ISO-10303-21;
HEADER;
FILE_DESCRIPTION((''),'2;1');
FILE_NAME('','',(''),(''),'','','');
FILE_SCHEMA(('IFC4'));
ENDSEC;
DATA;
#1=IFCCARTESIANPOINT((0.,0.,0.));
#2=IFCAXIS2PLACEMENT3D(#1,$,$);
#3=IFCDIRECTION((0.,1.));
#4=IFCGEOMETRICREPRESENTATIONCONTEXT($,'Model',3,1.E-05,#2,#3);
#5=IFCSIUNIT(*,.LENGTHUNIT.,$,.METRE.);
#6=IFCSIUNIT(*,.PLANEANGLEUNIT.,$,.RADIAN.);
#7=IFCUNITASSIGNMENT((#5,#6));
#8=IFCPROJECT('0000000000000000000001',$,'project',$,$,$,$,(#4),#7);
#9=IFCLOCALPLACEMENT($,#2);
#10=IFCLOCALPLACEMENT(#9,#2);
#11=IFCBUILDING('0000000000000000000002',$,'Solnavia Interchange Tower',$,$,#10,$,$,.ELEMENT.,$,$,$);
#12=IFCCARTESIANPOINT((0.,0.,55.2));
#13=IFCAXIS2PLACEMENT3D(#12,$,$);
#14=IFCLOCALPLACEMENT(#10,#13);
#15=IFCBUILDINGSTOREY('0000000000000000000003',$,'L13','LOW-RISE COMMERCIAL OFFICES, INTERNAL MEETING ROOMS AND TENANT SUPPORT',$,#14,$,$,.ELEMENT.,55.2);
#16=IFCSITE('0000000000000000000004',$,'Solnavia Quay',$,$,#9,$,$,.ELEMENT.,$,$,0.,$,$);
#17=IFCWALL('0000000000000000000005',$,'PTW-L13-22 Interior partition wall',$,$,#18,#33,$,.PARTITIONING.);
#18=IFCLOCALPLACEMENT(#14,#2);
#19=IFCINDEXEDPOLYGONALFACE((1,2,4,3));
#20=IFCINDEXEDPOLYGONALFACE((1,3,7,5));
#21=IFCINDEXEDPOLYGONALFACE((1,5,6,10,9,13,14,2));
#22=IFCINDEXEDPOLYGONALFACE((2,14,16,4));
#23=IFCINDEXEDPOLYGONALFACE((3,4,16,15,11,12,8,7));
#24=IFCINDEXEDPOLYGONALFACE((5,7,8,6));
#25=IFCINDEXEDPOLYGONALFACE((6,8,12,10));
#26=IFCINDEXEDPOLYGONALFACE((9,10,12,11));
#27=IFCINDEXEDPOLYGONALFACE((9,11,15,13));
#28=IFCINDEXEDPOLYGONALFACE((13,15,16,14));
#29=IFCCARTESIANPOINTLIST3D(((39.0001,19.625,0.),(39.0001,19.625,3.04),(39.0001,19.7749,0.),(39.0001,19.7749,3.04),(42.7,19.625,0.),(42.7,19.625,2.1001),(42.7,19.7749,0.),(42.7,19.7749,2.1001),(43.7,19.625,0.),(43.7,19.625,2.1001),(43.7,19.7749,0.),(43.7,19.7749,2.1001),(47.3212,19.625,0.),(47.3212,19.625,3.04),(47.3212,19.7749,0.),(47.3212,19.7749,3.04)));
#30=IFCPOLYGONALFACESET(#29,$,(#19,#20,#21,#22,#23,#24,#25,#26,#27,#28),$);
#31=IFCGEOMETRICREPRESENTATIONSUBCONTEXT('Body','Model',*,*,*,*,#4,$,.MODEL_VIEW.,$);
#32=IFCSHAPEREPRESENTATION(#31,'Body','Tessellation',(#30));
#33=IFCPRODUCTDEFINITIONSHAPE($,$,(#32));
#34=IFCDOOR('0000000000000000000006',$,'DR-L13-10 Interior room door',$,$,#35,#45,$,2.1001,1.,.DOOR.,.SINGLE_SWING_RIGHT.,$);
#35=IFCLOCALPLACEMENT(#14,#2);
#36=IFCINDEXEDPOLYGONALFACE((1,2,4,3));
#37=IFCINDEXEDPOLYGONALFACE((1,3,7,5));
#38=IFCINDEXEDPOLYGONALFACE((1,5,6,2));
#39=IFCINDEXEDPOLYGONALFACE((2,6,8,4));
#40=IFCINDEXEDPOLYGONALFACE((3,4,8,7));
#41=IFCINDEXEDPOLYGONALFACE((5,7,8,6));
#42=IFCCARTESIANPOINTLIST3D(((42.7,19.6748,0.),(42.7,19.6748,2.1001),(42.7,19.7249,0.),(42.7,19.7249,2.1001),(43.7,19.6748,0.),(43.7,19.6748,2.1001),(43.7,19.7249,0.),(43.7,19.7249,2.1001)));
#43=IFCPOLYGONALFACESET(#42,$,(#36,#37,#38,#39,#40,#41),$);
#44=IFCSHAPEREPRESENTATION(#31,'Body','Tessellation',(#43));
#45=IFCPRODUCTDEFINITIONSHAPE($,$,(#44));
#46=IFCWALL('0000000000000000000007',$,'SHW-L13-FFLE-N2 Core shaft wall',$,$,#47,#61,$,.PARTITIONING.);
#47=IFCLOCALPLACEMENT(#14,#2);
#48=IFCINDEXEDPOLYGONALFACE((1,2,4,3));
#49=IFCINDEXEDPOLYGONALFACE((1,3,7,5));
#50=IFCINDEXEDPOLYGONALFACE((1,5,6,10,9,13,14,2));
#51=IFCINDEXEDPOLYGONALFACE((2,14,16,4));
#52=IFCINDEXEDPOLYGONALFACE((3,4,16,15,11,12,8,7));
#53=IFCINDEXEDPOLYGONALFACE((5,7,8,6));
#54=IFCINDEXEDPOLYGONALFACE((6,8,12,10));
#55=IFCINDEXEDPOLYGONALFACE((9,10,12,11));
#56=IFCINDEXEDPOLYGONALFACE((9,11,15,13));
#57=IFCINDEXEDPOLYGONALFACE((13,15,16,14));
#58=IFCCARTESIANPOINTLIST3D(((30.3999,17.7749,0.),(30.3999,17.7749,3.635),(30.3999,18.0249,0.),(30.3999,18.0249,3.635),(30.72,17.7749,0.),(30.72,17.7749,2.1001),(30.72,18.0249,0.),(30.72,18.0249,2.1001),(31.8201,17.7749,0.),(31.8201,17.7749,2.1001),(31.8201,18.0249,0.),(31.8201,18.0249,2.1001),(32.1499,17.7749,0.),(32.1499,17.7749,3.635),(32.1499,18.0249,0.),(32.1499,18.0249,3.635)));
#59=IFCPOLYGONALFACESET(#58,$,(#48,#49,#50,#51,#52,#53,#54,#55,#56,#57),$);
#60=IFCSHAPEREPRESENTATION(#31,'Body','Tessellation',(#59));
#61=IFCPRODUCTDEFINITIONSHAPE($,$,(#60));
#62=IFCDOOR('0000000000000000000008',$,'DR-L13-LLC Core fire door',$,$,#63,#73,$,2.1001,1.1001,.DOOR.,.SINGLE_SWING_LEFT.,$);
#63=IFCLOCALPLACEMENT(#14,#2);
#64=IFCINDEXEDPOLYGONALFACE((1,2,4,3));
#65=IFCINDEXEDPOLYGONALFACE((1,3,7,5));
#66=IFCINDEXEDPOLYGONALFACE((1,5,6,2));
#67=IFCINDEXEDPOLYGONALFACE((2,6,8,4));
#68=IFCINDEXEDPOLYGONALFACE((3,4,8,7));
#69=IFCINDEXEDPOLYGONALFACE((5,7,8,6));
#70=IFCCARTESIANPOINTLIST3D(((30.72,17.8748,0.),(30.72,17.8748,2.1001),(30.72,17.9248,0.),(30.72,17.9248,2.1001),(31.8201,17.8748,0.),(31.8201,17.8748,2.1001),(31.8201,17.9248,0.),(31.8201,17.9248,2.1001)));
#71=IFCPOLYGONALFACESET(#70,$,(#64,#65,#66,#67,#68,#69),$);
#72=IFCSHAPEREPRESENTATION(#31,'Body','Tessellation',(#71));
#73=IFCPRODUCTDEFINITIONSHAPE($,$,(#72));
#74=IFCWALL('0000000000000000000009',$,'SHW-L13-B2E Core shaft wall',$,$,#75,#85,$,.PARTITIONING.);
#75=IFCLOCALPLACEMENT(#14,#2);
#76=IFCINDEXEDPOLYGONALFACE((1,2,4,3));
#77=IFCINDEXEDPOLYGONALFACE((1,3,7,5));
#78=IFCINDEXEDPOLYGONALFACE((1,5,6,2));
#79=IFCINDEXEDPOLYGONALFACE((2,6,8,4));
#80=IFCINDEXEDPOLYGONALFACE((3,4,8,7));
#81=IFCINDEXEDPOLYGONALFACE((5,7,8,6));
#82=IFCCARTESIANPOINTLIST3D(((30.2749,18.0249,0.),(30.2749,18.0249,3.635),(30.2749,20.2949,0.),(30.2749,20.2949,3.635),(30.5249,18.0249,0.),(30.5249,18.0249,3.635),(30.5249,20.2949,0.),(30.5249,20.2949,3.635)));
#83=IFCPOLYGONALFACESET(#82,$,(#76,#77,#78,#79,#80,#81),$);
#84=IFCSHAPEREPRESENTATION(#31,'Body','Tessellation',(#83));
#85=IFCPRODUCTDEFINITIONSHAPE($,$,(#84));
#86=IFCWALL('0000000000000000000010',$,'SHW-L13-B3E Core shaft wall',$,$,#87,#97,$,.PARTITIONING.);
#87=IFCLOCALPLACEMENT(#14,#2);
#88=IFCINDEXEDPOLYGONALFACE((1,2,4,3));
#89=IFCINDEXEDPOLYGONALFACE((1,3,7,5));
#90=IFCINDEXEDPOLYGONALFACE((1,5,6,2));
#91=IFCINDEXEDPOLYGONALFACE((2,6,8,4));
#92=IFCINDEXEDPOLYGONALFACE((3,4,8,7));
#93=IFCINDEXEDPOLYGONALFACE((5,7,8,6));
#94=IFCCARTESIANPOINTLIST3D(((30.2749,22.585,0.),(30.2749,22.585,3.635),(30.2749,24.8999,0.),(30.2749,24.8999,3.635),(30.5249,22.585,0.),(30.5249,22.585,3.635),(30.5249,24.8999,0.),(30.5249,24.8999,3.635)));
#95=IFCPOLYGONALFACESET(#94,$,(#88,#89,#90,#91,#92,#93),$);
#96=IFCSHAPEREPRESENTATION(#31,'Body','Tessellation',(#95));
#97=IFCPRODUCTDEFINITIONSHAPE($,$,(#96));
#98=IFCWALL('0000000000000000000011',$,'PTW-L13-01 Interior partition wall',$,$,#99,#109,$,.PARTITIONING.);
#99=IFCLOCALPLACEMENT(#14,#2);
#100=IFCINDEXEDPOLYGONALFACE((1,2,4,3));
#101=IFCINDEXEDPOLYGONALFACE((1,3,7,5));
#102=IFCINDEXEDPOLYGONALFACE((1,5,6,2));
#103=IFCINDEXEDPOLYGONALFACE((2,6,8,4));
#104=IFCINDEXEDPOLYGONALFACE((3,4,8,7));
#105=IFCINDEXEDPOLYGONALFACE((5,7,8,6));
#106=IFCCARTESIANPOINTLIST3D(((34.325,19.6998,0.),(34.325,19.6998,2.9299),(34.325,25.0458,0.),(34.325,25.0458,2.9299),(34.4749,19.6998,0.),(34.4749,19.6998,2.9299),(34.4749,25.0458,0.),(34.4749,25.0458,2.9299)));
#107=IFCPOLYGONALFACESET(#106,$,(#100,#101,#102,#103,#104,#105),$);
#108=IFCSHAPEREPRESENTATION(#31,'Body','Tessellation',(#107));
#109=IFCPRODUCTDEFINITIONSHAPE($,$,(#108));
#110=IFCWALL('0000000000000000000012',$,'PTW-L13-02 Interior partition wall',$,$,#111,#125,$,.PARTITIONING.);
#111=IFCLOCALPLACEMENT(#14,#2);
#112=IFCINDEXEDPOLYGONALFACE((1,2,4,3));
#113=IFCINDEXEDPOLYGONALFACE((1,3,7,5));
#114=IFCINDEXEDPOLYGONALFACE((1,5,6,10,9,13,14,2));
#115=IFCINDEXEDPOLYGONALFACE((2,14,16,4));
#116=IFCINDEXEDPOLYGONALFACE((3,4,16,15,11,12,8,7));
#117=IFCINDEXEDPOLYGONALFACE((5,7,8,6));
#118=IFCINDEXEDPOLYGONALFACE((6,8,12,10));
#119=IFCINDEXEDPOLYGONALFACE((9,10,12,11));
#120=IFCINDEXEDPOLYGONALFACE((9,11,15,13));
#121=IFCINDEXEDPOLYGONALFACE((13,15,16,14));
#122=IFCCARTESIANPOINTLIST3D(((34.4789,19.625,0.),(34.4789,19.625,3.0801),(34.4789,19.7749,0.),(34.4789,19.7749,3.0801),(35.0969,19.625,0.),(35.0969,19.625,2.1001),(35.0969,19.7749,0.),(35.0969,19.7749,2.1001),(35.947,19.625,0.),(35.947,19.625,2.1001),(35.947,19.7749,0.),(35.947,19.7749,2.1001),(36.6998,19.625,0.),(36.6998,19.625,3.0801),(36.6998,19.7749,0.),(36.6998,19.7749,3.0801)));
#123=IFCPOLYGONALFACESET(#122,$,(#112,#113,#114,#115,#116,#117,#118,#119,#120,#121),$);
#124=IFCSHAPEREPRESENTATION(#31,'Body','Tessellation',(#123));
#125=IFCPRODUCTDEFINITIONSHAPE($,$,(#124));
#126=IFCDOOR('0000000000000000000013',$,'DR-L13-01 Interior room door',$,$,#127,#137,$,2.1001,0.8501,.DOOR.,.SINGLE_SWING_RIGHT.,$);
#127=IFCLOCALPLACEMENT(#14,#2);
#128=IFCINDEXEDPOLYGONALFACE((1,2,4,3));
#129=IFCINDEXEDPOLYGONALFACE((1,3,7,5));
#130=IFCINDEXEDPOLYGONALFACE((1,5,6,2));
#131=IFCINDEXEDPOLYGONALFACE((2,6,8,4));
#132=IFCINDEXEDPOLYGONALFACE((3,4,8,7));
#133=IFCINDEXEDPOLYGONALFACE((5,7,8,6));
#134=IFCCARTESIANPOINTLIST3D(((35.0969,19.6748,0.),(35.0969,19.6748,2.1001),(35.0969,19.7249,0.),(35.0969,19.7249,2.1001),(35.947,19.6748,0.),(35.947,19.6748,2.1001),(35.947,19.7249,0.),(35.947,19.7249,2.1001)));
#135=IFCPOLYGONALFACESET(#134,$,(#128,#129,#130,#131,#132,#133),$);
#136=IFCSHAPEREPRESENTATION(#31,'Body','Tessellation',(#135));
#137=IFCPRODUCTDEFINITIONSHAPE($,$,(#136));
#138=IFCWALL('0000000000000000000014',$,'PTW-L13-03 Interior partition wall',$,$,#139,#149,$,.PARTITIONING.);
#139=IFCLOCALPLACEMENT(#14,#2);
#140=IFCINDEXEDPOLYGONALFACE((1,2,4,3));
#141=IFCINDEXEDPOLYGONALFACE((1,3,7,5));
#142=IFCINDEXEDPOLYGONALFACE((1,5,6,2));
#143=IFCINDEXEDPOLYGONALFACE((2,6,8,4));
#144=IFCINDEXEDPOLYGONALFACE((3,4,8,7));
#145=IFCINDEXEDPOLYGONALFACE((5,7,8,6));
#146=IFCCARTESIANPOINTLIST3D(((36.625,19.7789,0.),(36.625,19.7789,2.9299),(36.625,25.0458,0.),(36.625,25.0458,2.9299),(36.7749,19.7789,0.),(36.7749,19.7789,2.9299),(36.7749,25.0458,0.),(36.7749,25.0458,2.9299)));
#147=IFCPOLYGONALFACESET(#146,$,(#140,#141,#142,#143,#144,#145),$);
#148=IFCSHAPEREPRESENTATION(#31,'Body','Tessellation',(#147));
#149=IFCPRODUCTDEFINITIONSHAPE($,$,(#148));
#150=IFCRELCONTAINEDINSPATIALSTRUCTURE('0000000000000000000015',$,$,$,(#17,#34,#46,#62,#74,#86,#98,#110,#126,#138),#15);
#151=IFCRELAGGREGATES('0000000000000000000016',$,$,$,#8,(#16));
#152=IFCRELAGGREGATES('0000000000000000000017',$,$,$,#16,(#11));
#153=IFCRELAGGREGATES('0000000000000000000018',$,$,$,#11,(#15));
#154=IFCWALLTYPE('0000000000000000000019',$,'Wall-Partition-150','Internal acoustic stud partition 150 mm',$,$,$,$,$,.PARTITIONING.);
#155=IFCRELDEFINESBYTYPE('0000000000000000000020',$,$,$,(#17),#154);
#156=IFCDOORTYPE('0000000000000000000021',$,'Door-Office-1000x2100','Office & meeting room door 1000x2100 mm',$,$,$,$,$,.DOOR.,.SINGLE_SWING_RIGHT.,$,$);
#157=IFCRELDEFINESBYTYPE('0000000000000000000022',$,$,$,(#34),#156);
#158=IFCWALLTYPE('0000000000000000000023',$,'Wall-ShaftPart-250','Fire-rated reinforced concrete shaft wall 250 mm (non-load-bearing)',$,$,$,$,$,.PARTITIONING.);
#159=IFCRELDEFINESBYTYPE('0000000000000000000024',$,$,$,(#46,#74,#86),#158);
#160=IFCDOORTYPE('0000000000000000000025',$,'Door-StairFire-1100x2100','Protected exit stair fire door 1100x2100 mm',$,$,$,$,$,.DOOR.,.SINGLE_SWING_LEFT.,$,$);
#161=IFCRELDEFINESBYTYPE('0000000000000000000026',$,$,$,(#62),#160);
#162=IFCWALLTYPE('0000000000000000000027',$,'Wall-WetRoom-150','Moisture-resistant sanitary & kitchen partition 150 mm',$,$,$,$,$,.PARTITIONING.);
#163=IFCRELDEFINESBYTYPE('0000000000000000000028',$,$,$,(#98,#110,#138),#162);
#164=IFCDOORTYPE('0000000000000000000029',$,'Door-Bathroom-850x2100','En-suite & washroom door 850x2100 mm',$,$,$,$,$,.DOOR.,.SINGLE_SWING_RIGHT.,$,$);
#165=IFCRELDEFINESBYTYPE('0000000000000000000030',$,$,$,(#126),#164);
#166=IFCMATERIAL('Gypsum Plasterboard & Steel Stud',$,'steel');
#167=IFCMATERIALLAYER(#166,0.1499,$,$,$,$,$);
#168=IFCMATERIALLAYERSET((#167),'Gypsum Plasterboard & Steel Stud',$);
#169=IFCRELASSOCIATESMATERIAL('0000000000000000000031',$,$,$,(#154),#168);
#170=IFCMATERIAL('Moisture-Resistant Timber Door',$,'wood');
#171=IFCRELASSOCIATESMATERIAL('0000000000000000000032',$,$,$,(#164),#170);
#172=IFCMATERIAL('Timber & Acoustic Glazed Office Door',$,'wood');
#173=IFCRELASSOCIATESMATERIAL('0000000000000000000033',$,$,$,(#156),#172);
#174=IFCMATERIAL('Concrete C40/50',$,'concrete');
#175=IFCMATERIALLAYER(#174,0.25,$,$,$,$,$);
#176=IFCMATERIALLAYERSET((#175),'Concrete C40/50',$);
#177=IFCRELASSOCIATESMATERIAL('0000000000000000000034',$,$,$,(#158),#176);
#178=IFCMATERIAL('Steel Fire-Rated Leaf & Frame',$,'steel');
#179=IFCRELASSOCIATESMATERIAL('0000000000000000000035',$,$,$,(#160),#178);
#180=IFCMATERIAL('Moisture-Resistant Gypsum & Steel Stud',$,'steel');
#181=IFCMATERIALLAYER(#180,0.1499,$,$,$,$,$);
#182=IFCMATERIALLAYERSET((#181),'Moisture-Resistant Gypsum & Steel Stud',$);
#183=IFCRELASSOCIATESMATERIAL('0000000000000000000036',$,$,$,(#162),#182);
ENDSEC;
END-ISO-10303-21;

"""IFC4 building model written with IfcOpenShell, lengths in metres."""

from ifc_helpers import new_model, si_unit, direction, frame, frame_2d, origin, place, context, subcontext, project, spatial, rectangle, extrude, material, layer, layer_set, type_object, element, fill, save


model = new_model("IFC4")

# Units and contexts
model_context = context("Model", 3, precision=1e-05, world=origin(), true_north=direction((0.0, 1.0)))
body_context = subcontext(model_context, "Body", "Model", "MODEL_VIEW")
ifc_project = project(units=[si_unit("LENGTHUNIT", "METRE"), si_unit("PLANEANGLEUNIT", "RADIAN")], contexts=[model_context])

# Site, building, storey
site_placement = place(None, origin())
site = spatial("IfcSite", under=ifc_project, at=site_placement, Name="Solnavia Quay", CompositionType="ELEMENT", RefElevation=0.0)
building_placement = place(site_placement, origin())
building = spatial("IfcBuilding", under=site, at=building_placement, Name="Solnavia Interchange Tower", CompositionType="ELEMENT")
storey_placement = place(building_placement, frame((0.0, 0.0, 55.2)))
storey = spatial("IfcBuildingStorey", under=building, at=storey_placement, Name="L13", Description="LOW-RISE COMMERCIAL OFFICES, INTERNAL MEETING ROOMS AND TENANT SUPPORT", CompositionType="ELEMENT", Elevation=55.2)

# Shared definitions
ifc_material_1 = material(Name="Concrete C40/50", Category="concrete")

# Walls, openings, doors
ifc_material_2 = material(Name="Gypsum Plasterboard & Steel Stud", Category="steel")
ifc_layer_1 = layer(ifc_material_2, 0.1499)
ifc_layer_set_1 = layer_set([ifc_layer_1], Name="Gypsum Plasterboard & Steel Stud")
wall_type_1 = type_object("IfcWallType", Name="Wall-Partition-150", Description="Internal acoustic stud partition 150 mm", PredefinedType="PARTITIONING", material=ifc_layer_set_1)
ifc_material_3 = material(Name="Moisture-Resistant Timber Door", Category="wood")
door_type_1 = type_object("IfcDoorType", Name="Door-Bathroom-850x2100", Description="En-suite & washroom door 850x2100 mm", OperationType="SINGLE_SWING_RIGHT", PredefinedType="DOOR", material=ifc_material_3)
wall_1_placement = place(storey_placement, frame((39.0, 19.7, 0.0), z_axis=(0.0, 0.0, 1.0), x_axis=(1.0, 0.0, 0.0)))
wall_1 = element("IfcWall", 1, at=wall_1_placement, inside=storey, type_object=wall_type_1, Name="PTW-L13-22 Interior partition wall", PredefinedType="PARTITIONING", context=body_context, shape_type="SweptSolid", body=[
    extrude(rectangle(XDim=8.321, YDim=0.1499, at=frame_2d((4.1606, 0.0))), origin(), (0.0, 0.0, 1.0), 3.04),
])
opening_1_placement = place(wall_1_placement, frame((3.7, 0.0, 0.0)))
opening_1 = element("IfcOpeningElement", 2, at=opening_1_placement, cuts=wall_1, PredefinedType="OPENING", context=body_context, shape_type="SweptSolid", body=[
    extrude(rectangle(XDim=1.0, YDim=2.1001, at=frame_2d((0.5, 1.05))), frame((0.0, 0.085, 0.0), z_axis=(0.0, -1.0, 0.0), x_axis=(1.0, 0.0, 0.0)), (0.0, 0.0, 1.0), 0.1699),
])
ifc_material_4 = material(Name="Timber & Acoustic Glazed Office Door", Category="wood")
door_type_2 = type_object("IfcDoorType", Name="Door-Office-1000x2100", Description="Office & meeting room door 1000x2100 mm", OperationType="SINGLE_SWING_RIGHT", PredefinedType="DOOR", material=ifc_material_4)
door_1_placement = place(opening_1_placement, origin())
door_1 = element("IfcDoor", 3, at=door_1_placement, inside=storey, type_object=door_type_2, Name="DR-L13-10 Interior room door", OperationType="SINGLE_SWING_RIGHT", OverallHeight=2.1001, OverallWidth=1.0, PredefinedType="DOOR", context=body_context, shape_type="SweptSolid", body=[
    extrude(rectangle(XDim=1.0, YDim=2.1001, at=frame_2d((0.5, 1.05))), frame((0.0, 0.0249, 0.0), z_axis=(0.0, -1.0, 0.0), x_axis=(1.0, 0.0, 0.0)), (0.0, 0.0, 1.0), 0.05),
])
fill(opening_1, door_1)
ifc_layer_2 = layer(ifc_material_1, 0.25)
ifc_layer_set_2 = layer_set([ifc_layer_2], Name="Concrete C40/50")
wall_type_2 = type_object("IfcWallType", Name="Wall-ShaftPart-250", Description="Fire-rated reinforced concrete shaft wall 250 mm (non-load-bearing)", PredefinedType="PARTITIONING", material=ifc_layer_set_2)
wall_2_placement = place(storey_placement, frame((30.3999, 17.8999, 0.0), z_axis=(0.0, 0.0, 1.0), x_axis=(1.0, 0.0, 0.0)))
wall_2 = element("IfcWall", 4, at=wall_2_placement, inside=storey, type_object=wall_type_2, Name="SHW-L13-FFLE-N2 Core shaft wall", PredefinedType="PARTITIONING", context=body_context, shape_type="SweptSolid", body=[
    extrude(rectangle(XDim=1.75, YDim=0.25, at=frame_2d((0.875, 0.0))), origin(), (0.0, 0.0, 1.0), 3.635),
])
opening_2_placement = place(wall_2_placement, frame((0.3201, 0.0, 0.0)))
opening_2 = element("IfcOpeningElement", 5, at=opening_2_placement, cuts=wall_2, PredefinedType="OPENING", context=body_context, shape_type="SweptSolid", body=[
    extrude(rectangle(XDim=1.1001, YDim=2.1001, at=frame_2d((0.55, 1.05))), frame((0.0, 0.135, 0.0), z_axis=(0.0, -1.0, 0.0), x_axis=(1.0, 0.0, 0.0)), (0.0, 0.0, 1.0), 0.27),
])
ifc_material_5 = material(Name="Steel Fire-Rated Leaf & Frame", Category="steel")
door_type_3 = type_object("IfcDoorType", Name="Door-StairFire-1100x2100", Description="Protected exit stair fire door 1100x2100 mm", OperationType="SINGLE_SWING_LEFT", PredefinedType="DOOR", material=ifc_material_5)
door_2_placement = place(opening_2_placement, origin())
door_2 = element("IfcDoor", 6, at=door_2_placement, inside=storey, type_object=door_type_3, Name="DR-L13-LLC Core fire door", OperationType="SINGLE_SWING_LEFT", OverallHeight=2.1001, OverallWidth=1.1001, PredefinedType="DOOR", context=body_context, shape_type="SweptSolid", body=[
    extrude(rectangle(XDim=1.1001, YDim=2.1001, at=frame_2d((0.55, 1.05))), frame((0.0, 0.0249, 0.0), z_axis=(0.0, -1.0, 0.0), x_axis=(1.0, 0.0, 0.0)), (0.0, 0.0, 1.0), 0.05),
])
fill(opening_2, door_2)

# Walls
wall_3_placement = place(storey_placement, frame((30.3999, 18.0249, 0.0), z_axis=(0.0, 0.0, 1.0), x_axis=(0.0, 1.0, 0.0)))
element("IfcWall", 7, at=wall_3_placement, inside=storey, type_object=wall_type_2, Name="SHW-L13-B2E Core shaft wall", PredefinedType="PARTITIONING", context=body_context, shape_type="SweptSolid", body=[
    extrude(rectangle(XDim=2.27, YDim=0.25, at=frame_2d((1.135, 0.0))), origin(), (0.0, 0.0, 1.0), 3.635),
])
wall_4_placement = place(storey_placement, frame((30.3999, 22.585, 0.0), z_axis=(0.0, 0.0, 1.0), x_axis=(0.0, 1.0, 0.0)))
element("IfcWall", 8, at=wall_4_placement, inside=storey, type_object=wall_type_2, Name="SHW-L13-B3E Core shaft wall", PredefinedType="PARTITIONING", context=body_context, shape_type="SweptSolid", body=[
    extrude(rectangle(XDim=2.3149, YDim=0.25, at=frame_2d((1.1575, 0.0))), origin(), (0.0, 0.0, 1.0), 3.635),
])
ifc_material_6 = material(Name="Moisture-Resistant Gypsum & Steel Stud", Category="steel")
ifc_layer_3 = layer(ifc_material_6, 0.1499)
ifc_layer_set_3 = layer_set([ifc_layer_3], Name="Moisture-Resistant Gypsum & Steel Stud")
wall_type_3 = type_object("IfcWallType", Name="Wall-WetRoom-150", Description="Moisture-resistant sanitary & kitchen partition 150 mm", PredefinedType="PARTITIONING", material=ifc_layer_set_3)
wall_5_placement = place(storey_placement, frame((34.3999, 19.7, 0.0), z_axis=(0.0, 0.0, 1.0), x_axis=(0.0, 1.0, 0.0)))
element("IfcWall", 9, at=wall_5_placement, inside=storey, type_object=wall_type_3, Name="PTW-L13-01 Interior partition wall", PredefinedType="PARTITIONING", context=body_context, shape_type="SweptSolid", body=[
    extrude(rectangle(XDim=5.3459, YDim=0.1499, at=frame_2d((2.6729, 0.0))), origin(), (0.0, 0.0, 1.0), 2.9299),
])

# Wall, opening, door
wall_6_placement = place(storey_placement, frame((34.479, 19.7, 0.0), z_axis=(0.0, 0.0, 1.0), x_axis=(1.0, 0.0, 0.0)))
wall_6 = element("IfcWall", 10, at=wall_6_placement, inside=storey, type_object=wall_type_3, Name="PTW-L13-02 Interior partition wall", PredefinedType="PARTITIONING", context=body_context, shape_type="SweptSolid", body=[
    extrude(rectangle(XDim=2.2209, YDim=0.1499, at=frame_2d((1.1104, 0.0))), origin(), (0.0, 0.0, 1.0), 3.0801),
])
opening_3_placement = place(wall_6_placement, frame((0.6179, 0.0, 0.0)))
opening_3 = element("IfcOpeningElement", 11, at=opening_3_placement, cuts=wall_6, PredefinedType="OPENING", context=body_context, shape_type="SweptSolid", body=[
    extrude(rectangle(XDim=0.8501, YDim=2.1001, at=frame_2d((0.425, 1.05))), frame((0.0, 0.085, 0.0), z_axis=(0.0, -1.0, 0.0), x_axis=(1.0, 0.0, 0.0)), (0.0, 0.0, 1.0), 0.1699),
])
door_3_placement = place(opening_3_placement, origin())
door_3 = element("IfcDoor", 12, at=door_3_placement, inside=storey, type_object=door_type_1, Name="DR-L13-01 Interior room door", OperationType="SINGLE_SWING_RIGHT", OverallHeight=2.1001, OverallWidth=0.8501, PredefinedType="DOOR", context=body_context, shape_type="SweptSolid", body=[
    extrude(rectangle(XDim=0.8501, YDim=2.1001, at=frame_2d((0.425, 1.05))), frame((0.0, 0.0249, 0.0), z_axis=(0.0, -1.0, 0.0), x_axis=(1.0, 0.0, 0.0)), (0.0, 0.0, 1.0), 0.05),
])
fill(opening_3, door_3)

# Wall
wall_7_placement = place(storey_placement, frame((36.7, 19.7791, 0.0), z_axis=(0.0, 0.0, 1.0), x_axis=(0.0, 1.0, 0.0)))
element("IfcWall", 13, at=wall_7_placement, inside=storey, type_object=wall_type_3, Name="PTW-L13-03 Interior partition wall", PredefinedType="PARTITIONING", context=body_context, shape_type="SweptSolid", body=[
    extrude(rectangle(XDim=5.2668, YDim=0.1499, at=frame_2d((2.6333, 0.0))), origin(), (0.0, 0.0, 1.0), 2.9299),
])

save(model, "model.ifc")
